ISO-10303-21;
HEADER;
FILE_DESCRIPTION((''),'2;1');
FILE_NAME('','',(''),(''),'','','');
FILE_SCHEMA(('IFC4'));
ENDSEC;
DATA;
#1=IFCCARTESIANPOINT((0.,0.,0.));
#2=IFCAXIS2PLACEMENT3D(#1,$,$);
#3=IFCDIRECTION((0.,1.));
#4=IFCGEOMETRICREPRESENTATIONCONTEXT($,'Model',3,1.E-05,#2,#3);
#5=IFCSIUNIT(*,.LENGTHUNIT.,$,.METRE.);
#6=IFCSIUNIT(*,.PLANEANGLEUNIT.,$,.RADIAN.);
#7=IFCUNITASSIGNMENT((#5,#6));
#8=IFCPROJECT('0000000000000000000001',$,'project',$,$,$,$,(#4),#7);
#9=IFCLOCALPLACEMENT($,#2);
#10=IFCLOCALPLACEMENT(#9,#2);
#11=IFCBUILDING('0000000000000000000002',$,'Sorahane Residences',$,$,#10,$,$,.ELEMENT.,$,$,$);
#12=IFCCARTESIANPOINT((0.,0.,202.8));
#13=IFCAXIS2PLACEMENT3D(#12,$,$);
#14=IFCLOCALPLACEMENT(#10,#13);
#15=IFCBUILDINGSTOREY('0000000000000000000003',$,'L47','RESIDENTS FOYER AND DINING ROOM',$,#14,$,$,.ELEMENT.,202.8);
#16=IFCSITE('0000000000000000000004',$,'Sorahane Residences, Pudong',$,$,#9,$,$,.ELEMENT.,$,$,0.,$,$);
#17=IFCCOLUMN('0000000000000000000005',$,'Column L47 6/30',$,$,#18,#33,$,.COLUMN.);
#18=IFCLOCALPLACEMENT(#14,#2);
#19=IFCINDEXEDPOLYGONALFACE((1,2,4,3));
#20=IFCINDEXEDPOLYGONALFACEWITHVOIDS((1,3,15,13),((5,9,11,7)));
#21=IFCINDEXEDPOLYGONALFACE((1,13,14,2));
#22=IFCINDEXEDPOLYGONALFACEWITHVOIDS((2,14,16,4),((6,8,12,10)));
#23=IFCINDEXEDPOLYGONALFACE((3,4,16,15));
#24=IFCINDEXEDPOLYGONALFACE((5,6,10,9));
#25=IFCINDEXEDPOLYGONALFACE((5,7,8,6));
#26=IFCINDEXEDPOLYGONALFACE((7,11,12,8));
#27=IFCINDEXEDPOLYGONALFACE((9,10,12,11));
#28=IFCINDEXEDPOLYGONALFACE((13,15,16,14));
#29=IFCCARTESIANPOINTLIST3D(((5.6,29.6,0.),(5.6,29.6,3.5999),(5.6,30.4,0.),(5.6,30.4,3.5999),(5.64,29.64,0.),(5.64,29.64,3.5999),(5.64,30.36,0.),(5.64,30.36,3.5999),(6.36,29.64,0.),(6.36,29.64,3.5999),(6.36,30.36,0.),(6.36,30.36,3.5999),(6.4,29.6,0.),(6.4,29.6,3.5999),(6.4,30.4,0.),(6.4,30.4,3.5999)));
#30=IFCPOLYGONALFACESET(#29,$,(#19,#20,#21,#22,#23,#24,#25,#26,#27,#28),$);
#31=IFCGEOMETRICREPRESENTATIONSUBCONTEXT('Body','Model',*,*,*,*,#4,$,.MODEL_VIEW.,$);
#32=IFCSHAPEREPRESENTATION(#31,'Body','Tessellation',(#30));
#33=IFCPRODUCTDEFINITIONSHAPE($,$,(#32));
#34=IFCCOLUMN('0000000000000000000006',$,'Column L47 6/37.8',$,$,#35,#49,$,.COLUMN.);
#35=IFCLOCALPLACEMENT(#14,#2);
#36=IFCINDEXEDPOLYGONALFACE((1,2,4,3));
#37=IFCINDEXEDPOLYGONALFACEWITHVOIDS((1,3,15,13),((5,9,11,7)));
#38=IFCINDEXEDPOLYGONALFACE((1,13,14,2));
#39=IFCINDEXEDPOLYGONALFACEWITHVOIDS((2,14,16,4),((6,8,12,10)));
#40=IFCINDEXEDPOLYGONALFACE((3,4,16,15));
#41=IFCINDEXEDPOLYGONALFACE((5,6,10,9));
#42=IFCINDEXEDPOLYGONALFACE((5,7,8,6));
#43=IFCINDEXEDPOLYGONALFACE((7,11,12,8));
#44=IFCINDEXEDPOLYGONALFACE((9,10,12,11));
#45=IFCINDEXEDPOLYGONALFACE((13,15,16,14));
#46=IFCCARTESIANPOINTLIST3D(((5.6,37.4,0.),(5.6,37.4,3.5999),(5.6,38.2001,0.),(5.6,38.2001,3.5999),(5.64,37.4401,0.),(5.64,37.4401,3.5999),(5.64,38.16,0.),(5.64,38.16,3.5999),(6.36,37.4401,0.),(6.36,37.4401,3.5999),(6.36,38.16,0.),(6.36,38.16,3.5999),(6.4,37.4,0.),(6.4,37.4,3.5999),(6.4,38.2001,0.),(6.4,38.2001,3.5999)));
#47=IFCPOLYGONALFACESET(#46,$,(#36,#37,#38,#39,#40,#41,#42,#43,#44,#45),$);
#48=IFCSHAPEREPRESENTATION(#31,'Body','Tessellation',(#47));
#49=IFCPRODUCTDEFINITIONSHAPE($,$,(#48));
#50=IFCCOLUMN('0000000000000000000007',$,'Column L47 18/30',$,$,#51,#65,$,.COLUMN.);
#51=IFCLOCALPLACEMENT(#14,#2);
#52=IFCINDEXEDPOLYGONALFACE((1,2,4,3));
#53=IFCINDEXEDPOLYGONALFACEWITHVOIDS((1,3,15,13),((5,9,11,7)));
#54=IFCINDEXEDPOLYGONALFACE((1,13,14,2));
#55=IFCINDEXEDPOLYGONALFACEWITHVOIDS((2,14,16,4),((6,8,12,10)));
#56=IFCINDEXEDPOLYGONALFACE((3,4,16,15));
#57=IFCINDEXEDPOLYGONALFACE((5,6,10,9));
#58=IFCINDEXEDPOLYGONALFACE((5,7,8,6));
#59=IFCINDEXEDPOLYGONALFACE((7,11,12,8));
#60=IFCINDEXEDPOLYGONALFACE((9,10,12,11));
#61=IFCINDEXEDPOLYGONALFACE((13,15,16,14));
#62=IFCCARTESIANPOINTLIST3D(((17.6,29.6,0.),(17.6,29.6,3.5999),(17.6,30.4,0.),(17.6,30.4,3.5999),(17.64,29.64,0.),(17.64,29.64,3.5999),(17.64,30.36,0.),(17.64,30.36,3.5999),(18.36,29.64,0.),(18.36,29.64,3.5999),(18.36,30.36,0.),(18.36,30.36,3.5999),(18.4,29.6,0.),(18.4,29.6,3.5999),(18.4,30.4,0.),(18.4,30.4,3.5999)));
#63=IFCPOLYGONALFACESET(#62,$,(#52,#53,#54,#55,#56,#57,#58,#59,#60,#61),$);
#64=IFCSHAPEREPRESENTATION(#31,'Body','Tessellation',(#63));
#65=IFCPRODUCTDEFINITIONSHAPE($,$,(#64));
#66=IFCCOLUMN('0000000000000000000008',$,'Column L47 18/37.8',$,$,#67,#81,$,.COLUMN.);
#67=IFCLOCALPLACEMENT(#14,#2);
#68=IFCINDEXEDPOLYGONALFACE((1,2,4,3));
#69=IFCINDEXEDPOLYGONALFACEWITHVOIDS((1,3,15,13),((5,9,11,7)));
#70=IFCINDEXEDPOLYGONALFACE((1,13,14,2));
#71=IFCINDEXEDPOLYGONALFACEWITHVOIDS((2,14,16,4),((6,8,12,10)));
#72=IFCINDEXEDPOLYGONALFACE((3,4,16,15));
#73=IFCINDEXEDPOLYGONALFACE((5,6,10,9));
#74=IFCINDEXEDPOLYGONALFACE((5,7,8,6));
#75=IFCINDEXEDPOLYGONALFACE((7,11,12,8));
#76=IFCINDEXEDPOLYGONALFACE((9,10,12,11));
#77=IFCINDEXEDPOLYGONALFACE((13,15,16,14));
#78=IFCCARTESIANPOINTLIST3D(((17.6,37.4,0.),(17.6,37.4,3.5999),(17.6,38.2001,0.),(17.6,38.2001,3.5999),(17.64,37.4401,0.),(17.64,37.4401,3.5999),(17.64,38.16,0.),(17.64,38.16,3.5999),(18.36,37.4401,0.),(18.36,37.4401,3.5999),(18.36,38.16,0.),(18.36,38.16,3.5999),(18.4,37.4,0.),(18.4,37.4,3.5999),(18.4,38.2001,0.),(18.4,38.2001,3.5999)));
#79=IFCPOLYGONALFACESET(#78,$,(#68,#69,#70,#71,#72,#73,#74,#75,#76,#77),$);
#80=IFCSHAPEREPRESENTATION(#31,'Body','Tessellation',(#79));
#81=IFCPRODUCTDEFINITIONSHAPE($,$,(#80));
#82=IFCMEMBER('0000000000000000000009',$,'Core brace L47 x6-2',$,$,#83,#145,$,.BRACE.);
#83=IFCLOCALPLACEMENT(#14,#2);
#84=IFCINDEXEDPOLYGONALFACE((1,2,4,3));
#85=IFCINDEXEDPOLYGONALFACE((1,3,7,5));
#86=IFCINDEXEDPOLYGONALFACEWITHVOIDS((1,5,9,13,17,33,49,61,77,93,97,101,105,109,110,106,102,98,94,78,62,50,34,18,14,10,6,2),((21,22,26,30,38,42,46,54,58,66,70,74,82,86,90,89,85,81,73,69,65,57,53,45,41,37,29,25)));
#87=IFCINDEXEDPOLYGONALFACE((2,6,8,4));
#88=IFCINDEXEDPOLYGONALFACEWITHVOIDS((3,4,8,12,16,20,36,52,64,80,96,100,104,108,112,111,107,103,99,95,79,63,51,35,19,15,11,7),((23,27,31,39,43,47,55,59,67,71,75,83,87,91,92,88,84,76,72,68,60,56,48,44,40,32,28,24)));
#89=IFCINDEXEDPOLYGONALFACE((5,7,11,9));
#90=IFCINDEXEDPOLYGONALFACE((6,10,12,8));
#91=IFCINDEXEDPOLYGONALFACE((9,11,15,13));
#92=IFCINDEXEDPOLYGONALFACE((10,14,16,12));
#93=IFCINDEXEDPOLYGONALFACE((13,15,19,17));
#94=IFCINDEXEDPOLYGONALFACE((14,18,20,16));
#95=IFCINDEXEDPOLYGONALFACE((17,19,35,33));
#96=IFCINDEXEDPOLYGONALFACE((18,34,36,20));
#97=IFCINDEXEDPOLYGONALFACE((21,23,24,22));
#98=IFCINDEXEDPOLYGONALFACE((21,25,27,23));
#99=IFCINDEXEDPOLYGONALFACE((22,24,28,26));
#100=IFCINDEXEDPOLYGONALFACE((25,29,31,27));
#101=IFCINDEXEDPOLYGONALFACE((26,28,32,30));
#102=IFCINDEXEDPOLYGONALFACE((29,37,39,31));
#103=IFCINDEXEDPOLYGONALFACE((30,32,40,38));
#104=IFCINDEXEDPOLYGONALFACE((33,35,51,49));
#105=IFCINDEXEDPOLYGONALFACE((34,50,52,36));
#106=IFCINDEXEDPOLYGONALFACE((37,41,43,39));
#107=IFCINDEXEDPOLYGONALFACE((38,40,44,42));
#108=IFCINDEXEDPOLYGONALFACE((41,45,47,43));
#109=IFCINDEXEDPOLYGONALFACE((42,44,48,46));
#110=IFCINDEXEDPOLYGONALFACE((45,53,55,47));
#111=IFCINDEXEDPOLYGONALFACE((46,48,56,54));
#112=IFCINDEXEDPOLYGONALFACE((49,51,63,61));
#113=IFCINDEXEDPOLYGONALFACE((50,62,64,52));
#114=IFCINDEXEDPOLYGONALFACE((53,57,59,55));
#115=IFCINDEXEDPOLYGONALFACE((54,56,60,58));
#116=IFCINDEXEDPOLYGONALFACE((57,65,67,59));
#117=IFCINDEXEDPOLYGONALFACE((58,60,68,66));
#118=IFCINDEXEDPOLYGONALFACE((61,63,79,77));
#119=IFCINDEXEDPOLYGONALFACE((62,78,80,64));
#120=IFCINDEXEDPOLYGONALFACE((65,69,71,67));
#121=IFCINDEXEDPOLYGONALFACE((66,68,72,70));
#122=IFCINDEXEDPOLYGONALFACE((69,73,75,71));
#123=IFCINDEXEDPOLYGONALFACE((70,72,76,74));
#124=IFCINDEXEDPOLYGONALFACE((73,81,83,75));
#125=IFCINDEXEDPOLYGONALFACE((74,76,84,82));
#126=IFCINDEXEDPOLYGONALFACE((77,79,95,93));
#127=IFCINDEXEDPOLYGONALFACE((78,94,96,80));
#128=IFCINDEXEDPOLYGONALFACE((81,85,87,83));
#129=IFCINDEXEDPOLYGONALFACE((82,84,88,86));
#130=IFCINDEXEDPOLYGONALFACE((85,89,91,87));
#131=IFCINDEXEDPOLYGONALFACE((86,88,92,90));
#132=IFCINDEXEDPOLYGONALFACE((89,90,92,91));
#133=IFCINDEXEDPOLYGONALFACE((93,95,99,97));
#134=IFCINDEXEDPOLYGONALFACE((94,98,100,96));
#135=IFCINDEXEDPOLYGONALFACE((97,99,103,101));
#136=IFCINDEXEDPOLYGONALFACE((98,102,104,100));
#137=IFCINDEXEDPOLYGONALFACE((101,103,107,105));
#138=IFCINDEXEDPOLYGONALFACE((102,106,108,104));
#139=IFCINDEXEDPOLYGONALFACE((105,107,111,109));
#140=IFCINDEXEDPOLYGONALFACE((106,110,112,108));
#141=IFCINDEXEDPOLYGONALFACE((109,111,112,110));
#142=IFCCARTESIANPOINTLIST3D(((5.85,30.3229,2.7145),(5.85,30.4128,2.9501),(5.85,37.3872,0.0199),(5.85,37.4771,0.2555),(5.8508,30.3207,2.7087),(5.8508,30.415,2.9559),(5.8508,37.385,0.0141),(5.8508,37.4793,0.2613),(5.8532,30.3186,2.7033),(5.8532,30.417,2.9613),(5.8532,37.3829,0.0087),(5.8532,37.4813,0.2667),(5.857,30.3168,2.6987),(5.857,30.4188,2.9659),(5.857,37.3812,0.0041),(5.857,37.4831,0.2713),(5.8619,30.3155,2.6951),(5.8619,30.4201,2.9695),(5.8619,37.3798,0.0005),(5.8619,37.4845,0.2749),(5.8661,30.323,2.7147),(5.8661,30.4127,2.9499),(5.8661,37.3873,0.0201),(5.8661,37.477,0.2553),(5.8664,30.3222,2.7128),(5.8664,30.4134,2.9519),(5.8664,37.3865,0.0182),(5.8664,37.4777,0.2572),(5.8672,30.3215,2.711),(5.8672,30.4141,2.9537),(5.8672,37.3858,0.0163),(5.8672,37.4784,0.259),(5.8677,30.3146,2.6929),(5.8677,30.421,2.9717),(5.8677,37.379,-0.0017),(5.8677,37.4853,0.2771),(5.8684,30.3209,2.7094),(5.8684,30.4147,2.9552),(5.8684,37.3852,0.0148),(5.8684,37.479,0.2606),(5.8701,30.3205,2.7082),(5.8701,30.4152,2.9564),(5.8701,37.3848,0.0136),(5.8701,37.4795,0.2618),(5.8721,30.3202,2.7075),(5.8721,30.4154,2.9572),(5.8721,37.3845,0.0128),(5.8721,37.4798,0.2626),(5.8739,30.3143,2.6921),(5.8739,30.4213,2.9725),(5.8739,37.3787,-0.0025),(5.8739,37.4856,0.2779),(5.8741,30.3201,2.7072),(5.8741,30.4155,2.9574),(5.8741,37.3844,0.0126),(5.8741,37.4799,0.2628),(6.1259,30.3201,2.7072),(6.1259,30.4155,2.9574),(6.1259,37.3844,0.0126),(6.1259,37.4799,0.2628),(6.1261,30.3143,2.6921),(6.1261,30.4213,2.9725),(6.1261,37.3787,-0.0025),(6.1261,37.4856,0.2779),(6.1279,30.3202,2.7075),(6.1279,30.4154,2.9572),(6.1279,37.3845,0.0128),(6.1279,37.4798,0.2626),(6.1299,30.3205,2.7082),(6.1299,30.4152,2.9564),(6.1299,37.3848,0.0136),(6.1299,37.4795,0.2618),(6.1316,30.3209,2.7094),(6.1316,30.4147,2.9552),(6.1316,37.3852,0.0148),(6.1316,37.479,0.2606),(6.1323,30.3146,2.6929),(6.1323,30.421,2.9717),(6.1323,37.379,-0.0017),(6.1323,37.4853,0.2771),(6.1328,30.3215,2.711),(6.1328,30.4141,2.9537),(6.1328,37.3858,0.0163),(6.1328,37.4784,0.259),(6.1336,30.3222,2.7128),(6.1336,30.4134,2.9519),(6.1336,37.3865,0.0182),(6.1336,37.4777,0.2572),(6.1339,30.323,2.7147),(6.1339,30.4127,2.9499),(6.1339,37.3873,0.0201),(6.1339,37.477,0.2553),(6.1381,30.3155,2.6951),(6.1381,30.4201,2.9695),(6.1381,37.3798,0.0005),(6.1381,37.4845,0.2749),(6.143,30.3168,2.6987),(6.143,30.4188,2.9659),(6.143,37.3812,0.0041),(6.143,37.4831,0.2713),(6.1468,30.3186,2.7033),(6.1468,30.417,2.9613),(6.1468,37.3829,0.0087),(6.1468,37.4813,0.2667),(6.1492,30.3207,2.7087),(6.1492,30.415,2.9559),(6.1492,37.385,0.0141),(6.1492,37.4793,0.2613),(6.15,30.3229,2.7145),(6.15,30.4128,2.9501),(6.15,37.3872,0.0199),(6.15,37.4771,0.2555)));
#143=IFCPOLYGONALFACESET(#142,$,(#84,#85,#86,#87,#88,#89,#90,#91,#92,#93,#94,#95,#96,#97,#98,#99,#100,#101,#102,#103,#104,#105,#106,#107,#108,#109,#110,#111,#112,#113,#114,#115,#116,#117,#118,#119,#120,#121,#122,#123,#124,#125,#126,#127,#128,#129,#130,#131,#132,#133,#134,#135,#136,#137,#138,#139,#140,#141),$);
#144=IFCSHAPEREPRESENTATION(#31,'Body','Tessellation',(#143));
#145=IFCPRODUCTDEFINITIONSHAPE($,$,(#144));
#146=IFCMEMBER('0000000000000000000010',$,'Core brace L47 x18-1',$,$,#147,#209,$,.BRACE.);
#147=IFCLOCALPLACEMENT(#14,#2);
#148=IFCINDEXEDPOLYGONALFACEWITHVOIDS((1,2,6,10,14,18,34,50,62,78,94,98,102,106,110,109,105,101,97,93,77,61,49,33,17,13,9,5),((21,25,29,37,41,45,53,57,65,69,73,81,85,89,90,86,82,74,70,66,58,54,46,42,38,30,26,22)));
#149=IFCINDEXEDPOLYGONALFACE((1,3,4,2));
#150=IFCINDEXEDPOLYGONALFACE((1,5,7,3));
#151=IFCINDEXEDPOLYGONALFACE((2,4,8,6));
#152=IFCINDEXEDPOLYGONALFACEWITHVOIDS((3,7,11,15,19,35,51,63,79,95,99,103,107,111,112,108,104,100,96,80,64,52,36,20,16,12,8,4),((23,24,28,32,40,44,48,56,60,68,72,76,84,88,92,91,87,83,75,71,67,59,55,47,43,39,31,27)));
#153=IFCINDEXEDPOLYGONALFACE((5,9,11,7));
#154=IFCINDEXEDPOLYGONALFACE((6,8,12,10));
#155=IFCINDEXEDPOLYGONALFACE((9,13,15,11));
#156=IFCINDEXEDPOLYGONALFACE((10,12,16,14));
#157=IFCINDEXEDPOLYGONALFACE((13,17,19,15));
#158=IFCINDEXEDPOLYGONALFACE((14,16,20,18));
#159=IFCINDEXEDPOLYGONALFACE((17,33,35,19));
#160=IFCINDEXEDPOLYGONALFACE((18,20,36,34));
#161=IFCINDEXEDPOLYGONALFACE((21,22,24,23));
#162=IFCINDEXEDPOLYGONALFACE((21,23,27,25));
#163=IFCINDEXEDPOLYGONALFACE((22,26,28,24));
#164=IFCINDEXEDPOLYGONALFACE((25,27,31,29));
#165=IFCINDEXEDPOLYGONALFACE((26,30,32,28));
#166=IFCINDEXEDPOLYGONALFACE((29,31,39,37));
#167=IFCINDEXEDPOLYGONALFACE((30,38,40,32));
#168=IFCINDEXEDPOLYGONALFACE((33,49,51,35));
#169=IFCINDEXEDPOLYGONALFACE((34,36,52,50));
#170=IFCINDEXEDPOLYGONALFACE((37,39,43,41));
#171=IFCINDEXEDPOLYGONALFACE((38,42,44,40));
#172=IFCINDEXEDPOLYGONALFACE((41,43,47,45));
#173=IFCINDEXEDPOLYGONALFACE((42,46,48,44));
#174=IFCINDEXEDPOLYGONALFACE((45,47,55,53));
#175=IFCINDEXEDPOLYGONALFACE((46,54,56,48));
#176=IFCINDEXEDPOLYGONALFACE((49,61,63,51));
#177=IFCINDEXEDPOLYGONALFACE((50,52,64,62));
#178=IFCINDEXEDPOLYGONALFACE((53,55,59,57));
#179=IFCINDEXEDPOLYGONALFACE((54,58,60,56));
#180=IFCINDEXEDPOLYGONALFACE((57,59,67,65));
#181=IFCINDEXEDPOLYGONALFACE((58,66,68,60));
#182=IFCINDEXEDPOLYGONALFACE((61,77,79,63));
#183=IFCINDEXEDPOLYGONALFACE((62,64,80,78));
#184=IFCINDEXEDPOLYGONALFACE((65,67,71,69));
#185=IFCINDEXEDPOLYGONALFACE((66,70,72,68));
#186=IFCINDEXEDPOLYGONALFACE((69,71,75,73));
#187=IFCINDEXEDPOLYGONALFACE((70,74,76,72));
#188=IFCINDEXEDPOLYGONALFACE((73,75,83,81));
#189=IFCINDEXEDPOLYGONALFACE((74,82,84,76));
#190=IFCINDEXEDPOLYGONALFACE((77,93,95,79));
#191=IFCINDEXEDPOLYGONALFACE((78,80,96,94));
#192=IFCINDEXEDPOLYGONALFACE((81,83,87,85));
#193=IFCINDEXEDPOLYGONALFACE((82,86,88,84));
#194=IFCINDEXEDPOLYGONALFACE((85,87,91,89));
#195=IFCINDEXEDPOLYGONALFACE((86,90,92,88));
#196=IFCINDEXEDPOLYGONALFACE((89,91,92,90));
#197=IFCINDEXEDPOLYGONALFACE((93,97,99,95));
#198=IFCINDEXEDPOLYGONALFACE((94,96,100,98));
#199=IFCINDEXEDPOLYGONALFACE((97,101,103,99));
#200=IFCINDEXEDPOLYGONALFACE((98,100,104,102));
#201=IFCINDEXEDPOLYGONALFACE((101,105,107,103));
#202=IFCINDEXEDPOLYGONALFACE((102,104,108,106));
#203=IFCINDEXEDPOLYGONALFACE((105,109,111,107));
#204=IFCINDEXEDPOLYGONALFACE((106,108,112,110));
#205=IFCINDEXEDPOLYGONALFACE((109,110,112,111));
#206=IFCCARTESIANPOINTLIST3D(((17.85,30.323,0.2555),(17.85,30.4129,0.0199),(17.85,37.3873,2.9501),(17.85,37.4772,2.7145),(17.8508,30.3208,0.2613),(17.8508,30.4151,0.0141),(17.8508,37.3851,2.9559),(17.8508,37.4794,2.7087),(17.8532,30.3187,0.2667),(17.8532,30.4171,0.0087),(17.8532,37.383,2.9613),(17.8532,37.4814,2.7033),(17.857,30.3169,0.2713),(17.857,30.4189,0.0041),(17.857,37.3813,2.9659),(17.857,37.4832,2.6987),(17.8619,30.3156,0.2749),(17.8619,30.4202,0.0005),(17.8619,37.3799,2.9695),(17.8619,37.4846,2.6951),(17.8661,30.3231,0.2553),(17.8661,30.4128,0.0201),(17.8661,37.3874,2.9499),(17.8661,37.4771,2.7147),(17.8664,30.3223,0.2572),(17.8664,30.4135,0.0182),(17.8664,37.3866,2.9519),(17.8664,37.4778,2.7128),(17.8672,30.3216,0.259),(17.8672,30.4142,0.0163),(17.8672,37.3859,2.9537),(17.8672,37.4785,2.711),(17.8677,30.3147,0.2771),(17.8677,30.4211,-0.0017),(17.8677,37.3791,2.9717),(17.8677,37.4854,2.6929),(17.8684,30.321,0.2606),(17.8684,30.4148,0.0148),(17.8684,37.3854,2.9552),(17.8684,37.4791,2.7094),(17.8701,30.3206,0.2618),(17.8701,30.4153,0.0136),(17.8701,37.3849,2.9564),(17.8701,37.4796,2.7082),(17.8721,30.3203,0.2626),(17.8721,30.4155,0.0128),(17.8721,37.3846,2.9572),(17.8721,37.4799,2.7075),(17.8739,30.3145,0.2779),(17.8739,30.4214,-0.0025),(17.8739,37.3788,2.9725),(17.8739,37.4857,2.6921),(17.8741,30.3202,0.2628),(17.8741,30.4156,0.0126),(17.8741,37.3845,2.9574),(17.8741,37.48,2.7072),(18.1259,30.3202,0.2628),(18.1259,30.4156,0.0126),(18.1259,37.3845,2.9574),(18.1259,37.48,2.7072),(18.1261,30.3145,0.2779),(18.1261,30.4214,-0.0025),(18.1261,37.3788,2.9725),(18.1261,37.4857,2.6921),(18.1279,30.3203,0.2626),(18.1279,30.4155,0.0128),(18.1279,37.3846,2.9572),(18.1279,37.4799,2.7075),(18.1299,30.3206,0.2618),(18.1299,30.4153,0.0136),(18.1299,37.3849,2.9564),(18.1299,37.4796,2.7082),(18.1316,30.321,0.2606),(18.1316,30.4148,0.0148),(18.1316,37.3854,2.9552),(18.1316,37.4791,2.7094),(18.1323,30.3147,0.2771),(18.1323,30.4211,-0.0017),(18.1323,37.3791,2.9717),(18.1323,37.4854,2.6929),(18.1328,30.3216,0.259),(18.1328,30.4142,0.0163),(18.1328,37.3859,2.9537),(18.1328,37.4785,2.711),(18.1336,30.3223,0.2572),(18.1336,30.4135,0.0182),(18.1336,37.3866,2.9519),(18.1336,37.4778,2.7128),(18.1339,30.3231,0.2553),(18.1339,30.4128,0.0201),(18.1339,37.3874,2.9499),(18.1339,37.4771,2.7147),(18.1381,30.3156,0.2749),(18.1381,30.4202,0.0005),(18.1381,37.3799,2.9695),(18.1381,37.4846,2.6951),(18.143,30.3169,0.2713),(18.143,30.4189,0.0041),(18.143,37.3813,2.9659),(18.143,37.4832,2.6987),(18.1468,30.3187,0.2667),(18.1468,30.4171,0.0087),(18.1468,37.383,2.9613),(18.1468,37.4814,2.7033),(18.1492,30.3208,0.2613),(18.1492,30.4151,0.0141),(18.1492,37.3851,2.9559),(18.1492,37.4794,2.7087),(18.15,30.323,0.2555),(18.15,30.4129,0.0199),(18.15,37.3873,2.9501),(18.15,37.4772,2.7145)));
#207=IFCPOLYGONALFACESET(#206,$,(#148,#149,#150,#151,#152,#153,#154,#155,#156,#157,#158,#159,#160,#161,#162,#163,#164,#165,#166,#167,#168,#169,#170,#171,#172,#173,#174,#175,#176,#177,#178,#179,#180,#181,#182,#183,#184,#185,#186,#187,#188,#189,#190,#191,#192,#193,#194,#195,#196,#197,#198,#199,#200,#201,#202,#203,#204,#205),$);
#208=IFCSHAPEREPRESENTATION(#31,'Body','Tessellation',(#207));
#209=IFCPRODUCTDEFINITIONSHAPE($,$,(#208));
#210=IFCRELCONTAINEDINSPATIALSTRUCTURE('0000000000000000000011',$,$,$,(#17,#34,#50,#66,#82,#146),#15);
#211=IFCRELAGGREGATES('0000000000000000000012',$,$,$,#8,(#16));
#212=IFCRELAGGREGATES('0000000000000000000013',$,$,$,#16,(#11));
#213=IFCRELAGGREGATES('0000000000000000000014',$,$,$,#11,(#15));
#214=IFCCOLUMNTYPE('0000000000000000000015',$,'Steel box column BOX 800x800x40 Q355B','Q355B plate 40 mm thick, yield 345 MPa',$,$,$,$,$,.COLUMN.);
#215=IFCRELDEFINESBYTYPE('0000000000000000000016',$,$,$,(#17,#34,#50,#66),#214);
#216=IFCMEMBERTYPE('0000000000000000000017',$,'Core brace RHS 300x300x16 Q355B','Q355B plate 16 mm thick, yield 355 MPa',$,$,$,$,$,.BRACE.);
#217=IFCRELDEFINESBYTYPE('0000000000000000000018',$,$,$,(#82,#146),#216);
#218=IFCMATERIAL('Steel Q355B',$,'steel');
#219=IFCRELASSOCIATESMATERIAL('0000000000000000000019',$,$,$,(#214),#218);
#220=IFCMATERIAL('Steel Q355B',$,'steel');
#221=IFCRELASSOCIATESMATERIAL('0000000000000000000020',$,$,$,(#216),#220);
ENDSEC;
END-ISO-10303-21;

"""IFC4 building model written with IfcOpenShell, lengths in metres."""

from ifc_helpers import new_model, si_unit, direction, frame, origin, origin_2d, place, context, subcontext, project, spatial, hollow_rectangle, extrude, material, material_profile, profile_set, type_object, element, save


model = new_model("IFC4")

# Units and contexts
model_context = context("Model", 3, precision=1e-05, world=origin(), true_north=direction((0.0, 1.0)))
body_context = subcontext(model_context, "Body", "Model", "MODEL_VIEW")
ifc_project = project(units=[si_unit("LENGTHUNIT", "METRE"), si_unit("PLANEANGLEUNIT", "RADIAN")], contexts=[model_context])

# Site, building, storey
site_placement = place(None, origin())
site = spatial("IfcSite", under=ifc_project, at=site_placement, Name="Sorahane Residences, Pudong", CompositionType="ELEMENT", RefElevation=0.0)
building_placement = place(site_placement, origin())
building = spatial("IfcBuilding", under=site, at=building_placement, Name="Sorahane Residences", CompositionType="ELEMENT")
storey_placement = place(building_placement, frame((0.0, 0.0, 202.8)))
storey = spatial("IfcBuildingStorey", under=building, at=storey_placement, Name="L47", Description="RESIDENTS FOYER AND DINING ROOM", CompositionType="ELEMENT", Elevation=202.8)

# Columns
ifc_material_1 = material(Name="Steel Q355B", Category="steel")
ifc_material_profile_1 = material_profile(ifc_material_1, hollow_rectangle(XDim=0.8, YDim=0.8, WallThickness=0.04, at=origin_2d()), Name="BOX 800x800x40")
ifc_profile_set_1 = profile_set([ifc_material_profile_1], Name="Steel Q355B")
column_type = type_object("IfcColumnType", Name="Steel box column BOX 800x800x40 Q355B", Description="Q355B plate 40 mm thick, yield 345 MPa", PredefinedType="COLUMN", material=ifc_profile_set_1)
for number, where, z_axis, x_axis, name in (
    (1, (6.0, 30.0, 0.0), (0.0, 0.0, 1.0), (1.0, 0.0, 0.0), "Column L47 6/30"),
    (2, (6.0, 37.8, 0.0), (0.0, 0.0, 1.0), (1.0, 0.0, 0.0), "Column L47 6/37.8"),
    (3, (18.0, 30.0, 0.0), (0.0, 0.0, 1.0), (1.0, 0.0, 0.0), "Column L47 18/30"),
    (4, (18.0, 37.8, 0.0), (0.0, 0.0, 1.0), (1.0, 0.0, 0.0), "Column L47 18/37.8"),
):
    element("IfcColumn", number, at=place(storey_placement, frame(where, z_axis=z_axis, x_axis=x_axis)), inside=storey, type_object=column_type, Name=name, PredefinedType="COLUMN", context=body_context, shape_type="SweptSolid", body=[
        extrude(hollow_rectangle(XDim=0.8, YDim=0.8, WallThickness=0.04, at=origin_2d()), origin(), (0.0, 0.0, 1.0), 3.5999),
    ])

# Members
ifc_material_2 = material(Name="Steel Q355B", Category="steel")
ifc_material_profile_2 = material_profile(ifc_material_2, hollow_rectangle(XDim=0.3, YDim=0.3, WallThickness=0.0161, InnerFilletRadius=0.0081, OuterFilletRadius=0.0239, at=origin_2d()), Name="RHS 300x300x16")
ifc_profile_set_2 = profile_set([ifc_material_profile_2], Name="Steel Q355B")
member_type = type_object("IfcMemberType", Name="Core brace RHS 300x300x16 Q355B", Description="Q355B plate 16 mm thick, yield 355 MPa", PredefinedType="BRACE", material=ifc_profile_set_2)
for number, where, z_axis, x_axis, name in (
    (5, (6.0, 37.4321, 0.1377), (0.0, -0.934336, 0.356394), (1.0, 0.0, 0.0), "Core brace L47 x6-2"),
    (6, (18.0, 30.3679, 0.1377), (0.0, 0.934336, 0.356394), (-1.0, 0.0, 0.0), "Core brace L47 x18-1"),
):
    element("IfcMember", number, at=place(storey_placement, frame(where, z_axis=z_axis, x_axis=x_axis)), inside=storey, type_object=member_type, Name=name, PredefinedType="BRACE", context=body_context, shape_type="SweptSolid", body=[
        extrude(hollow_rectangle(XDim=0.3, YDim=0.3, WallThickness=0.0161, InnerFilletRadius=0.0081, OuterFilletRadius=0.0239, at=origin_2d()), origin(), (0.0, 0.0, 1.0), 7.5608),
    ])

save(model, "model.ifc")
